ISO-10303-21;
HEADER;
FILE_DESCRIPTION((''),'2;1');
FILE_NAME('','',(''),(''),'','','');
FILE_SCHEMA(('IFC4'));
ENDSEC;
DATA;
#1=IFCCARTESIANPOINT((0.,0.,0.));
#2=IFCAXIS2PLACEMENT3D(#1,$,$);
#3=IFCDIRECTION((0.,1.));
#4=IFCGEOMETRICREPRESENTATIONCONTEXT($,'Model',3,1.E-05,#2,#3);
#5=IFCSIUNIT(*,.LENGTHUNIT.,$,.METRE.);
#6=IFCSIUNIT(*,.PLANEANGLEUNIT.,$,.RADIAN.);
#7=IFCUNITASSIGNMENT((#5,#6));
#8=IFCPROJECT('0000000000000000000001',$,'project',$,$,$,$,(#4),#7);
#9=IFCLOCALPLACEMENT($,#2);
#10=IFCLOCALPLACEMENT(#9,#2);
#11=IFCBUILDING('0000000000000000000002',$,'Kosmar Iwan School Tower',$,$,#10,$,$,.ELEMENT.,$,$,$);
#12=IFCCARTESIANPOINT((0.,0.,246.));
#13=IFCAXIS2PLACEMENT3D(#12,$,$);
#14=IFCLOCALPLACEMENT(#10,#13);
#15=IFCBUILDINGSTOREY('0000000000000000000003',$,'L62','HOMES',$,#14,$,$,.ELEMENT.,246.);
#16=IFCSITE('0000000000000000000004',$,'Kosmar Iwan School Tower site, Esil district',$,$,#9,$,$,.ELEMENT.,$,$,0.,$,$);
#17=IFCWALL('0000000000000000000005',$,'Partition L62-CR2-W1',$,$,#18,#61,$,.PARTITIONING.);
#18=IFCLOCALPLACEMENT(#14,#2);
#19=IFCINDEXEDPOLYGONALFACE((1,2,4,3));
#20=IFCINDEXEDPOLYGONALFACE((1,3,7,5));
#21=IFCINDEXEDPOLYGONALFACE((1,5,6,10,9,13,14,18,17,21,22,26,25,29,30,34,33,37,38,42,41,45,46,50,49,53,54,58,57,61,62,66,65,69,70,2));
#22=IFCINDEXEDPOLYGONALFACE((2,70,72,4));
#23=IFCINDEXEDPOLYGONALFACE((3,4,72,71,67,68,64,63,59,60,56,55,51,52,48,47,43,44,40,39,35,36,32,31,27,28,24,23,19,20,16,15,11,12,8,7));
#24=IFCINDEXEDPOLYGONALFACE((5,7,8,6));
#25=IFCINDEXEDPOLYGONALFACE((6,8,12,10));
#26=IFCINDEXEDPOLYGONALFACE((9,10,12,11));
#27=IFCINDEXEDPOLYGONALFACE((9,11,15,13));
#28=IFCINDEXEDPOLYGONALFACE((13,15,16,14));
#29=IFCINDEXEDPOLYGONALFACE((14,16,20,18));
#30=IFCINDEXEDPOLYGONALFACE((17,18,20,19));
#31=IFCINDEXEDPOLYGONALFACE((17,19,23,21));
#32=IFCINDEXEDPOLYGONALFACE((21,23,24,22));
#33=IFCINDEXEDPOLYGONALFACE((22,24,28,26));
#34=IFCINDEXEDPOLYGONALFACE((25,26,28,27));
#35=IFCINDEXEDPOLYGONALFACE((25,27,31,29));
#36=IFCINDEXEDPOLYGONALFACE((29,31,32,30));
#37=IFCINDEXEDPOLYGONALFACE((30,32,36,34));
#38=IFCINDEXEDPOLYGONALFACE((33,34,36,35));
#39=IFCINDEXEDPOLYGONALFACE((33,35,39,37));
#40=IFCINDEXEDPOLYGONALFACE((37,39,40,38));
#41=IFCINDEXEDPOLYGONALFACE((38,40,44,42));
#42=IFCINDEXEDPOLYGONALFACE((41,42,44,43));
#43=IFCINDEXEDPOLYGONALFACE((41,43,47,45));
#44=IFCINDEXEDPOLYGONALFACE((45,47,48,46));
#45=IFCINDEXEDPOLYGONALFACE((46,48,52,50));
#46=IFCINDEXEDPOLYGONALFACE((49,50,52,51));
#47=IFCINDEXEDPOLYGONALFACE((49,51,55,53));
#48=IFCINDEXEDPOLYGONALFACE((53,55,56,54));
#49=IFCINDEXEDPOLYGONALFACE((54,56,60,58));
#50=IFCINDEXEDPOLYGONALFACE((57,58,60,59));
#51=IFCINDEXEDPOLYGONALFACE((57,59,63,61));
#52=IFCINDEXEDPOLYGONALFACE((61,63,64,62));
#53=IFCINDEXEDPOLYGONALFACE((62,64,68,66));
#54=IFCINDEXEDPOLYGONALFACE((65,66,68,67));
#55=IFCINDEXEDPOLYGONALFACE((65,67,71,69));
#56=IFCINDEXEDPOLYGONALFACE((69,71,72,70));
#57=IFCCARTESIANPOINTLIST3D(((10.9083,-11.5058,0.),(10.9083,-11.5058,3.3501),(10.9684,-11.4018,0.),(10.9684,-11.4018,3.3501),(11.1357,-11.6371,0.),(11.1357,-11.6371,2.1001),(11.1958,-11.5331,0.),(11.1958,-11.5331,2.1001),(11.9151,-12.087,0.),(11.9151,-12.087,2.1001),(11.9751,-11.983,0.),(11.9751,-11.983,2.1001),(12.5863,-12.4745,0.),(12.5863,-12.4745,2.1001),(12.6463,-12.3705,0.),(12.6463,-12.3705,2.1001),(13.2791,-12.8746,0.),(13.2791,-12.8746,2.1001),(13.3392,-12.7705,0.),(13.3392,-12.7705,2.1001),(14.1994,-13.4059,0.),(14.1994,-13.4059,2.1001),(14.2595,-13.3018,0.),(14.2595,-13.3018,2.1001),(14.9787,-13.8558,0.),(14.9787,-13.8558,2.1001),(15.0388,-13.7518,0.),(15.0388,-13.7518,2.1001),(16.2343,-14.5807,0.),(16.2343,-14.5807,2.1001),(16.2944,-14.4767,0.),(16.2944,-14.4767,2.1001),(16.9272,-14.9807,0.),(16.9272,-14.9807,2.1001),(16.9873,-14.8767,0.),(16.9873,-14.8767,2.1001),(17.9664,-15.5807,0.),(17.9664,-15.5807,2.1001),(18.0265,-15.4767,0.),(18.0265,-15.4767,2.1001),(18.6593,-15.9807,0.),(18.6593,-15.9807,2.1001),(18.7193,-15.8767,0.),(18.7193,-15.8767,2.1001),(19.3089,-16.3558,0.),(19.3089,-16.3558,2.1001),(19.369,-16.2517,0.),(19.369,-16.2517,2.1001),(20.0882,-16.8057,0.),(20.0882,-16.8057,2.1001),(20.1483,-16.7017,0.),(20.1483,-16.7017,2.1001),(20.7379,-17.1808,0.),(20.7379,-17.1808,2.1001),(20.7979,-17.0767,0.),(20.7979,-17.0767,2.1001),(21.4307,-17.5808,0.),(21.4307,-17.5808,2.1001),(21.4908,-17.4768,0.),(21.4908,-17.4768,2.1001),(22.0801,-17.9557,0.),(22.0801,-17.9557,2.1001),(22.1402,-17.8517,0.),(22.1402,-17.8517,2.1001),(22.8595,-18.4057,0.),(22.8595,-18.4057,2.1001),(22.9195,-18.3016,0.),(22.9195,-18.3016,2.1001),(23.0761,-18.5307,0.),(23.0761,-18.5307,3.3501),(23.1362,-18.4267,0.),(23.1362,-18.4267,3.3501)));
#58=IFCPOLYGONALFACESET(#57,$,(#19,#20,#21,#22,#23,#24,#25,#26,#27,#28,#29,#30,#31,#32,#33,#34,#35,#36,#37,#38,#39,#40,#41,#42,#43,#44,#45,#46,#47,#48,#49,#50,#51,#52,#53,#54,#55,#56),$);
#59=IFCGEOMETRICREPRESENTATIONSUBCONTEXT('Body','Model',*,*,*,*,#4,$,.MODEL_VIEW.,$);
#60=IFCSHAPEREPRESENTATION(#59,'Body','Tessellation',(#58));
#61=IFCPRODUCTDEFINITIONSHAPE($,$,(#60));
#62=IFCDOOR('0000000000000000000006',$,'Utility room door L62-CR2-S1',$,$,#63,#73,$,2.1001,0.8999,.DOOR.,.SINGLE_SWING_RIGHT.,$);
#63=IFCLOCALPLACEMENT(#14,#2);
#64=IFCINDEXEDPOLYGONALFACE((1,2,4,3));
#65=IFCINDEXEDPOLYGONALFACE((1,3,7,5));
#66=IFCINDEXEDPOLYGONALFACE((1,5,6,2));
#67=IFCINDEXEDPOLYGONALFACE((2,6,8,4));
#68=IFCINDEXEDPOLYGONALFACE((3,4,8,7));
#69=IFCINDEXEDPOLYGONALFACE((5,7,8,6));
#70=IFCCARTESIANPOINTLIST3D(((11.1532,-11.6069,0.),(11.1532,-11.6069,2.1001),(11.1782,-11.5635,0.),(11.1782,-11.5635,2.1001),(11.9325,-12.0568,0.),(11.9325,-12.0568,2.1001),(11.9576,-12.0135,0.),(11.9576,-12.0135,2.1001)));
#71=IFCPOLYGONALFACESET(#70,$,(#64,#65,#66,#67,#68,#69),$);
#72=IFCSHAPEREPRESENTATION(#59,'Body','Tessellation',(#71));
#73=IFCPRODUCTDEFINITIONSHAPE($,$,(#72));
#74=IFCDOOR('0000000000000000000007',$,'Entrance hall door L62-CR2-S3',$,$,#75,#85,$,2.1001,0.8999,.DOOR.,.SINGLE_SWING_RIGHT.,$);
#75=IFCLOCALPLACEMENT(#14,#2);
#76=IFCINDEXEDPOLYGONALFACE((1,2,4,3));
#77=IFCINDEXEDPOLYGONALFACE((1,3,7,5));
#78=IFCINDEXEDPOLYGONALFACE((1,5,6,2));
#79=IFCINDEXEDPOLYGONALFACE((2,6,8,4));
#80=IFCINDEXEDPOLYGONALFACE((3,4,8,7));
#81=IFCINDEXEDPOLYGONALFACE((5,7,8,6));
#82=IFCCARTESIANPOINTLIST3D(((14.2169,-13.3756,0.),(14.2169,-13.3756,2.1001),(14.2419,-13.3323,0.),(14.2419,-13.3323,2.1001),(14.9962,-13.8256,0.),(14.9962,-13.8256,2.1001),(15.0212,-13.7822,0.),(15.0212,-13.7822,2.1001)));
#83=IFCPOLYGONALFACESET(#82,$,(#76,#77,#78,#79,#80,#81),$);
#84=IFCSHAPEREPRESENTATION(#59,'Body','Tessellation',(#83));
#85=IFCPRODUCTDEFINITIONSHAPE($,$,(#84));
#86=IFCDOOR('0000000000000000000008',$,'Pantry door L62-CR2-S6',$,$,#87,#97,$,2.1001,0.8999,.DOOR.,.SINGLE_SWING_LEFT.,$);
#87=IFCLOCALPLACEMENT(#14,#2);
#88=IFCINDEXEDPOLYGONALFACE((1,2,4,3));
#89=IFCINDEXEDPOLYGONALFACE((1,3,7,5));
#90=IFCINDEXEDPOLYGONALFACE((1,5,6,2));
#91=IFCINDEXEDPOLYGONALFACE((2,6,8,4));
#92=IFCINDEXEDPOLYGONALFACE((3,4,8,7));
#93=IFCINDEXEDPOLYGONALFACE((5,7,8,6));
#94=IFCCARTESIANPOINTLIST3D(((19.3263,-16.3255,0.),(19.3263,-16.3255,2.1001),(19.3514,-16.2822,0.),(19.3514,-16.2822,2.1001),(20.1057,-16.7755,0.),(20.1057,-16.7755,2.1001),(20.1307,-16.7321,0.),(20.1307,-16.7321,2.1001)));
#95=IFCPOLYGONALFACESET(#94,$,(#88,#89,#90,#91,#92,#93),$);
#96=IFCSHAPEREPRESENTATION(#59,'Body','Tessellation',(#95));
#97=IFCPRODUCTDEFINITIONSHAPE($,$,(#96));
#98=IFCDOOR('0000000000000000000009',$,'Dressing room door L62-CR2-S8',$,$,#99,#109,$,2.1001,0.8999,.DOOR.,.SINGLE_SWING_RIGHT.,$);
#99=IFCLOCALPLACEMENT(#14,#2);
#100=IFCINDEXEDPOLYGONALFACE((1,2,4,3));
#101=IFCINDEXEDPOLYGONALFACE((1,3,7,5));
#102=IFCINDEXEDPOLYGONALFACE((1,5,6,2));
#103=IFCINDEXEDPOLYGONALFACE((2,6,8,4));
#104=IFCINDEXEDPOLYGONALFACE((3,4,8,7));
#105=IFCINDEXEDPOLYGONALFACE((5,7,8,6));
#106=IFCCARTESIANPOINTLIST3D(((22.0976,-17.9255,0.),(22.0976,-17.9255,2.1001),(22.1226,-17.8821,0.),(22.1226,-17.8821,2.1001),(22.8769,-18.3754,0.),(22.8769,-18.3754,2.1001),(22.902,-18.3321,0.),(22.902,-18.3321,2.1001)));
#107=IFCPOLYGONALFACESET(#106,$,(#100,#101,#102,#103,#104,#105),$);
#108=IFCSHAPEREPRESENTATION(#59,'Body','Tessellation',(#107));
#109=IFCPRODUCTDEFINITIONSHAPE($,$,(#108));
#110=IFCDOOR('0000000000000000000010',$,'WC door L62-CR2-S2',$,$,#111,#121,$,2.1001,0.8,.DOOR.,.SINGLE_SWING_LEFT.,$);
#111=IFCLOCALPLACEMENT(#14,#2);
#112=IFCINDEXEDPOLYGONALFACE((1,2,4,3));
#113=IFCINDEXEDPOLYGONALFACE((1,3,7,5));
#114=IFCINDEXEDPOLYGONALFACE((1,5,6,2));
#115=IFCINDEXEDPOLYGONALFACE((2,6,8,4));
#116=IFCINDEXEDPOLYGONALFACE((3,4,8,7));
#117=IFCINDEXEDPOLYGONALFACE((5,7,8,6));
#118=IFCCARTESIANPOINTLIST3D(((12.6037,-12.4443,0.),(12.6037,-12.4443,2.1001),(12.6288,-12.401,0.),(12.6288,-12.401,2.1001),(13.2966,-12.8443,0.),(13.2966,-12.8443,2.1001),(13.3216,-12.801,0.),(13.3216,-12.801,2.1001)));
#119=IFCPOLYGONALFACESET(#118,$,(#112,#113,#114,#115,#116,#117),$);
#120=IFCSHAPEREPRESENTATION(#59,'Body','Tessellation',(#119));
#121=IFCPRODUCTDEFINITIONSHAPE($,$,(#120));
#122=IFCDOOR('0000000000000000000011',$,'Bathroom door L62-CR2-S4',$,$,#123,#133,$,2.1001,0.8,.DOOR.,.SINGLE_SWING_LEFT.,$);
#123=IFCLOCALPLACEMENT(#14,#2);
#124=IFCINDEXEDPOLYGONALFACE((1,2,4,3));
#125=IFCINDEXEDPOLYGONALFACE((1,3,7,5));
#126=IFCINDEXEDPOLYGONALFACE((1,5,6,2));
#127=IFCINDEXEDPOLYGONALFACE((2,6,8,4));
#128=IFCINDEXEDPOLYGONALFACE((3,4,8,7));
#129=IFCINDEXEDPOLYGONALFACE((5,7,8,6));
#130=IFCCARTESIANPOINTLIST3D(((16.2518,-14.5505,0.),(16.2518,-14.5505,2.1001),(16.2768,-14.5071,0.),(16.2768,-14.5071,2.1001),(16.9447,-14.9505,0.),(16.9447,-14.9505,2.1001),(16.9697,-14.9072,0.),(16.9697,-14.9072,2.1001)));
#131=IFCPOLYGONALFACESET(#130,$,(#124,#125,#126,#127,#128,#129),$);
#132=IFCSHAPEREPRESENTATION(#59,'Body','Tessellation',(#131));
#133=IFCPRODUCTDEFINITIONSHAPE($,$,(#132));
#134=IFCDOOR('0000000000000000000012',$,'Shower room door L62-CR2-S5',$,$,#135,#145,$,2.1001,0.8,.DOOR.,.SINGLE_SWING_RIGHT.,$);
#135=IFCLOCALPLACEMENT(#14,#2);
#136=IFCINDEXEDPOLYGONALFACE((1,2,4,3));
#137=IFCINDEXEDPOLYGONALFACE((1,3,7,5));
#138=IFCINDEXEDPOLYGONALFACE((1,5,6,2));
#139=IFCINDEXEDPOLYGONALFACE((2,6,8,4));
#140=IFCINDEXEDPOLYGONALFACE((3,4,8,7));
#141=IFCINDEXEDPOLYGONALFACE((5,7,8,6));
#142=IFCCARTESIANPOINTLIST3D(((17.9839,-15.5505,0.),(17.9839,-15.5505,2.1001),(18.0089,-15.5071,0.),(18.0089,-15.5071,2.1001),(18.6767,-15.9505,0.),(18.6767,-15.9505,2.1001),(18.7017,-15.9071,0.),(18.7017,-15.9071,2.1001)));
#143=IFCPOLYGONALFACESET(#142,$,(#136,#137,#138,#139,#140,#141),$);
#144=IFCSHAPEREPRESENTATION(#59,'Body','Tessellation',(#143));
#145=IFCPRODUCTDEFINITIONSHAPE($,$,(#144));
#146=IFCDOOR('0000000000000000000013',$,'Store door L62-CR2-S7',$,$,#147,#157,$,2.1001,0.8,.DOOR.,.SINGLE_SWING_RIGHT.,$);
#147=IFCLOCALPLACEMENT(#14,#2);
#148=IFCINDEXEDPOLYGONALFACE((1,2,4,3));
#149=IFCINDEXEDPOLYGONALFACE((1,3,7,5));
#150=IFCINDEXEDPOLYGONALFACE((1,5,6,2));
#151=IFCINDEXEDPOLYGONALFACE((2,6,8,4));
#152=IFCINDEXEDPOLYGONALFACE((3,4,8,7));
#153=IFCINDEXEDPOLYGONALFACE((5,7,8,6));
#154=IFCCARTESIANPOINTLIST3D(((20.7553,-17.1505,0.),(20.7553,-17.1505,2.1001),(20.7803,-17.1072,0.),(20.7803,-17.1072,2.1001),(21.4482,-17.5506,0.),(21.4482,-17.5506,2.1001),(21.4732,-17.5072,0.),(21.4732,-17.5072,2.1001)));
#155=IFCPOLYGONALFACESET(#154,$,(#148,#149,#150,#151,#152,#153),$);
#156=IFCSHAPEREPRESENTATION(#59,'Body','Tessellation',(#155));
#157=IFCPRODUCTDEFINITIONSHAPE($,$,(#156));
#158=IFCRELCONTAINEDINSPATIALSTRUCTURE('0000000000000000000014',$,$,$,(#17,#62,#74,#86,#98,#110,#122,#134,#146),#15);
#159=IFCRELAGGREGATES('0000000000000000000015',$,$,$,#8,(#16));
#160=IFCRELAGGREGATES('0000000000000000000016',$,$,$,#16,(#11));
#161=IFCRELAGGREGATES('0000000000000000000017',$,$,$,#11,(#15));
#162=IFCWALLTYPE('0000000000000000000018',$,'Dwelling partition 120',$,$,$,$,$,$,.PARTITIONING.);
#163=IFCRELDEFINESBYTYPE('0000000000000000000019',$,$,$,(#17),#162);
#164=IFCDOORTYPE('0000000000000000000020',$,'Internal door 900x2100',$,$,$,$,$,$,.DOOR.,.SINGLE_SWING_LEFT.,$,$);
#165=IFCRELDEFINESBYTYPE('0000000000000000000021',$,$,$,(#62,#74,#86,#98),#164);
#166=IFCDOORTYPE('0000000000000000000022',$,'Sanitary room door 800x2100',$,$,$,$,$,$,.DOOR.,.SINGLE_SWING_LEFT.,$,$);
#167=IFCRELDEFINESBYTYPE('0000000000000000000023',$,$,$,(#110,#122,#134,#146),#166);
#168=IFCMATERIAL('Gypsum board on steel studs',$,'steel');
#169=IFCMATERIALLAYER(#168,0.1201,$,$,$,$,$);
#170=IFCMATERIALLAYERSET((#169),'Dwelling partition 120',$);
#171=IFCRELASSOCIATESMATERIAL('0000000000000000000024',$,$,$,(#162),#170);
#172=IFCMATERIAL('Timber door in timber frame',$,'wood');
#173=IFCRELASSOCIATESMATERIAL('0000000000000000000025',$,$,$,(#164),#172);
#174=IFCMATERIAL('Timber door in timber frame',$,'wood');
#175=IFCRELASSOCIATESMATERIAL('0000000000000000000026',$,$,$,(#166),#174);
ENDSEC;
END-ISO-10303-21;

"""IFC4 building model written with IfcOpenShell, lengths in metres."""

from ifc_helpers import new_model, si_unit, direction, frame, frame_2d, origin, place, context, subcontext, project, spatial, rectangle, extrude, material, layer, layer_set, type_object, element, fill, save


model = new_model("IFC4")

# Units and contexts
model_context = context("Model", 3, precision=1e-05, world=origin(), true_north=direction((0.0, 1.0)))
body_context = subcontext(model_context, "Body", "Model", "MODEL_VIEW")
ifc_project = project(units=[si_unit("LENGTHUNIT", "METRE"), si_unit("PLANEANGLEUNIT", "RADIAN")], contexts=[model_context])

# Site, building, storey
site_placement = place(None, origin())
site = spatial("IfcSite", under=ifc_project, at=site_placement, Name="Kosmar Iwan School Tower site, Esil district", CompositionType="ELEMENT", RefElevation=0.0)
building_placement = place(site_placement, origin())
building = spatial("IfcBuilding", under=site, at=building_placement, Name="Kosmar Iwan School Tower", CompositionType="ELEMENT")
storey_placement = place(building_placement, frame((0.0, 0.0, 246.0)))
storey = spatial("IfcBuildingStorey", under=building, at=storey_placement, Name="L62", Description="HOMES", CompositionType="ELEMENT", Elevation=246.0)

# Shared definitions
ifc_material_1 = material(Name="Gypsum board on steel studs", Category="steel")
ifc_layer = layer(ifc_material_1, 0.1201)
ifc_layer_set = layer_set([ifc_layer], Name="Dwelling partition 120")
wall_type = type_object("IfcWallType", Name="Dwelling partition 120", PredefinedType="PARTITIONING", material=ifc_layer_set)
ifc_material_2 = material(Name="Timber door in timber frame", Category="wood")
door_type_1 = type_object("IfcDoorType", Name="Internal door 900x2100", OperationType="SINGLE_SWING_LEFT", PredefinedType="DOOR", material=ifc_material_2)
ifc_material_3 = material(Name="Timber door in timber frame", Category="wood")
door_type_2 = type_object("IfcDoorType", Name="Sanitary room door 800x2100", OperationType="SINGLE_SWING_LEFT", PredefinedType="DOOR", material=ifc_material_3)

# Wall, openings, doors
wall_1_placement = place(storey_placement, frame((10.9385, -11.4539, 0.0), z_axis=(0.0, 0.0, 1.0), x_axis=(0.86603, -0.499993, 0.0)))
wall_1 = element("IfcWall", 1, at=wall_1_placement, inside=storey, type_object=wall_type, Name="Partition L62-CR2-W1", PredefinedType="PARTITIONING", context=body_context, shape_type="SweptSolid", body=[
    extrude(rectangle(XDim=14.05, YDim=0.1201, at=frame_2d((7.0249, 0.0))), origin(), (0.0, 0.0, 1.0), 3.3501),
])
opening_1_placement = place(wall_1_placement, frame((0.2625, 0.0, 0.0)))
opening_1 = element("IfcOpeningElement", 2, at=opening_1_placement, cuts=wall_1, PredefinedType="OPENING", context=body_context, shape_type="SweptSolid", body=[
    extrude(rectangle(XDim=0.8999, YDim=2.1001, at=frame_2d((0.45, 1.05))), frame((0.0, 0.072, 0.0), z_axis=(0.0, -1.0, 0.0), x_axis=(1.0, 0.0, 0.0)), (0.0, 0.0, 1.0), 0.144),
])
opening_2_placement = place(wall_1_placement, frame((1.9375, 0.0, 0.0)))
opening_2 = element("IfcOpeningElement", 3, at=opening_2_placement, cuts=wall_1, PredefinedType="OPENING", context=body_context, shape_type="SweptSolid", body=[
    extrude(rectangle(XDim=0.8, YDim=2.1001, at=frame_2d((0.3999, 1.05))), frame((0.0, 0.072, 0.0), z_axis=(0.0, -1.0, 0.0), x_axis=(1.0, 0.0, 0.0)), (0.0, 0.0, 1.0), 0.144),
])
opening_3_placement = place(wall_1_placement, frame((3.8, 0.0, 0.0)))
opening_3 = element("IfcOpeningElement", 4, at=opening_3_placement, cuts=wall_1, PredefinedType="OPENING", context=body_context, shape_type="SweptSolid", body=[
    extrude(rectangle(XDim=0.8999, YDim=2.1001, at=frame_2d((0.45, 1.05))), frame((0.0, 0.072, 0.0), z_axis=(0.0, -1.0, 0.0), x_axis=(1.0, 0.0, 0.0)), (0.0, 0.0, 1.0), 0.144),
])
opening_4_placement = place(wall_1_placement, frame((6.1499, 0.0, 0.0)))
opening_4 = element("IfcOpeningElement", 5, at=opening_4_placement, cuts=wall_1, PredefinedType="OPENING", context=body_context, shape_type="SweptSolid", body=[
    extrude(rectangle(XDim=0.8, YDim=2.1001, at=frame_2d((0.3999, 1.05))), frame((0.0, 0.072, 0.0), z_axis=(0.0, -1.0, 0.0), x_axis=(1.0, 0.0, 0.0)), (0.0, 0.0, 1.0), 0.144),
])
opening_5_placement = place(wall_1_placement, frame((8.1499, 0.0, 0.0)))
opening_5 = element("IfcOpeningElement", 6, at=opening_5_placement, cuts=wall_1, PredefinedType="OPENING", context=body_context, shape_type="SweptSolid", body=[
    extrude(rectangle(XDim=0.8, YDim=2.1001, at=frame_2d((0.3999, 1.05))), frame((0.0, 0.072, 0.0), z_axis=(0.0, -1.0, 0.0), x_axis=(1.0, 0.0, 0.0)), (0.0, 0.0, 1.0), 0.144),
])
opening_6_placement = place(wall_1_placement, frame((9.7, 0.0, 0.0)))
opening_6 = element("IfcOpeningElement", 7, at=opening_6_placement, cuts=wall_1, PredefinedType="OPENING", context=body_context, shape_type="SweptSolid", body=[
    extrude(rectangle(XDim=0.8999, YDim=2.1001, at=frame_2d((0.45, 1.05))), frame((0.0, 0.072, 0.0), z_axis=(0.0, -1.0, 0.0), x_axis=(1.0, 0.0, 0.0)), (0.0, 0.0, 1.0), 0.144),
])
opening_7_placement = place(wall_1_placement, frame((11.3501, 0.0, 0.0)))
opening_7 = element("IfcOpeningElement", 8, at=opening_7_placement, cuts=wall_1, PredefinedType="OPENING", context=body_context, shape_type="SweptSolid", body=[
    extrude(rectangle(XDim=0.8, YDim=2.1001, at=frame_2d((0.3999, 1.05))), frame((0.0, 0.072, 0.0), z_axis=(0.0, -1.0, 0.0), x_axis=(1.0, 0.0, 0.0)), (0.0, 0.0, 1.0), 0.144),
])
opening_8_placement = place(wall_1_placement, frame((12.8999, 0.0, 0.0)))
opening_8 = element("IfcOpeningElement", 9, at=opening_8_placement, cuts=wall_1, PredefinedType="OPENING", context=body_context, shape_type="SweptSolid", body=[
    extrude(rectangle(XDim=0.8999, YDim=2.1001, at=frame_2d((0.45, 1.05))), frame((0.0, 0.072, 0.0), z_axis=(0.0, -1.0, 0.0), x_axis=(1.0, 0.0, 0.0)), (0.0, 0.0, 1.0), 0.144),
])
door_1_placement = place(opening_1_placement, origin())
door_1 = element("IfcDoor", 10, at=door_1_placement, inside=storey, type_object=door_type_1, Name="Utility room door L62-CR2-S1", OperationType="SINGLE_SWING_RIGHT", OverallHeight=2.1001, OverallWidth=0.8999, PredefinedType="DOOR", context=body_context, shape_type="SweptSolid", body=[
    extrude(rectangle(XDim=0.8999, YDim=2.1001, at=frame_2d((0.45, 1.05))), frame((0.0, 0.0249, 0.0), z_axis=(0.0, -1.0, 0.0), x_axis=(1.0, 0.0, 0.0)), (0.0, 0.0, 1.0), 0.05),
])
fill(opening_1, door_1)
door_2_placement = place(opening_3_placement, origin())
door_2 = element("IfcDoor", 11, at=door_2_placement, inside=storey, type_object=door_type_1, Name="Entrance hall door L62-CR2-S3", OperationType="SINGLE_SWING_RIGHT", OverallHeight=2.1001, OverallWidth=0.8999, PredefinedType="DOOR", context=body_context, shape_type="SweptSolid", body=[
    extrude(rectangle(XDim=0.8999, YDim=2.1001, at=frame_2d((0.45, 1.05))), frame((0.0, 0.0249, 0.0), z_axis=(0.0, -1.0, 0.0), x_axis=(1.0, 0.0, 0.0)), (0.0, 0.0, 1.0), 0.05),
])
fill(opening_3, door_2)
door_3_placement = place(opening_6_placement, origin())
door_3 = element("IfcDoor", 12, at=door_3_placement, inside=storey, type_object=door_type_1, Name="Pantry door L62-CR2-S6", OperationType="SINGLE_SWING_LEFT", OverallHeight=2.1001, OverallWidth=0.8999, PredefinedType="DOOR", context=body_context, shape_type="SweptSolid", body=[
    extrude(rectangle(XDim=0.8999, YDim=2.1001, at=frame_2d((0.45, 1.05))), frame((0.0, 0.0249, 0.0), z_axis=(0.0, -1.0, 0.0), x_axis=(1.0, 0.0, 0.0)), (0.0, 0.0, 1.0), 0.05),
])
fill(opening_6, door_3)
door_4_placement = place(opening_8_placement, origin())
door_4 = element("IfcDoor", 13, at=door_4_placement, inside=storey, type_object=door_type_1, Name="Dressing room door L62-CR2-S8", OperationType="SINGLE_SWING_RIGHT", OverallHeight=2.1001, OverallWidth=0.8999, PredefinedType="DOOR", context=body_context, shape_type="SweptSolid", body=[
    extrude(rectangle(XDim=0.8999, YDim=2.1001, at=frame_2d((0.45, 1.05))), frame((0.0, 0.0249, 0.0), z_axis=(0.0, -1.0, 0.0), x_axis=(1.0, 0.0, 0.0)), (0.0, 0.0, 1.0), 0.05),
])
fill(opening_8, door_4)
door_5_placement = place(opening_2_placement, origin())
door_5 = element("IfcDoor", 14, at=door_5_placement, inside=storey, type_object=door_type_2, Name="WC door L62-CR2-S2", OperationType="SINGLE_SWING_LEFT", OverallHeight=2.1001, OverallWidth=0.8, PredefinedType="DOOR", context=body_context, shape_type="SweptSolid", body=[
    extrude(rectangle(XDim=0.8, YDim=2.1001, at=frame_2d((0.3999, 1.05))), frame((0.0, 0.0249, 0.0), z_axis=(0.0, -1.0, 0.0), x_axis=(1.0, 0.0, 0.0)), (0.0, 0.0, 1.0), 0.05),
])
fill(opening_2, door_5)
door_6_placement = place(opening_4_placement, origin())
door_6 = element("IfcDoor", 15, at=door_6_placement, inside=storey, type_object=door_type_2, Name="Bathroom door L62-CR2-S4", OperationType="SINGLE_SWING_LEFT", OverallHeight=2.1001, OverallWidth=0.8, PredefinedType="DOOR", context=body_context, shape_type="SweptSolid", body=[
    extrude(rectangle(XDim=0.8, YDim=2.1001, at=frame_2d((0.3999, 1.05))), frame((0.0, 0.0249, 0.0), z_axis=(0.0, -1.0, 0.0), x_axis=(1.0, 0.0, 0.0)), (0.0, 0.0, 1.0), 0.05),
])
fill(opening_4, door_6)
door_7_placement = place(opening_5_placement, origin())
door_7 = element("IfcDoor", 16, at=door_7_placement, inside=storey, type_object=door_type_2, Name="Shower room door L62-CR2-S5", OperationType="SINGLE_SWING_RIGHT", OverallHeight=2.1001, OverallWidth=0.8, PredefinedType="DOOR", context=body_context, shape_type="SweptSolid", body=[
    extrude(rectangle(XDim=0.8, YDim=2.1001, at=frame_2d((0.3999, 1.05))), frame((0.0, 0.0249, 0.0), z_axis=(0.0, -1.0, 0.0), x_axis=(1.0, 0.0, 0.0)), (0.0, 0.0, 1.0), 0.05),
])
fill(opening_5, door_7)
door_8_placement = place(opening_7_placement, origin())
door_8 = element("IfcDoor", 17, at=door_8_placement, inside=storey, type_object=door_type_2, Name="Store door L62-CR2-S7", OperationType="SINGLE_SWING_RIGHT", OverallHeight=2.1001, OverallWidth=0.8, PredefinedType="DOOR", context=body_context, shape_type="SweptSolid", body=[
    extrude(rectangle(XDim=0.8, YDim=2.1001, at=frame_2d((0.3999, 1.05))), frame((0.0, 0.0249, 0.0), z_axis=(0.0, -1.0, 0.0), x_axis=(1.0, 0.0, 0.0)), (0.0, 0.0, 1.0), 0.05),
])
fill(opening_7, door_8)

save(model, "model.ifc")
